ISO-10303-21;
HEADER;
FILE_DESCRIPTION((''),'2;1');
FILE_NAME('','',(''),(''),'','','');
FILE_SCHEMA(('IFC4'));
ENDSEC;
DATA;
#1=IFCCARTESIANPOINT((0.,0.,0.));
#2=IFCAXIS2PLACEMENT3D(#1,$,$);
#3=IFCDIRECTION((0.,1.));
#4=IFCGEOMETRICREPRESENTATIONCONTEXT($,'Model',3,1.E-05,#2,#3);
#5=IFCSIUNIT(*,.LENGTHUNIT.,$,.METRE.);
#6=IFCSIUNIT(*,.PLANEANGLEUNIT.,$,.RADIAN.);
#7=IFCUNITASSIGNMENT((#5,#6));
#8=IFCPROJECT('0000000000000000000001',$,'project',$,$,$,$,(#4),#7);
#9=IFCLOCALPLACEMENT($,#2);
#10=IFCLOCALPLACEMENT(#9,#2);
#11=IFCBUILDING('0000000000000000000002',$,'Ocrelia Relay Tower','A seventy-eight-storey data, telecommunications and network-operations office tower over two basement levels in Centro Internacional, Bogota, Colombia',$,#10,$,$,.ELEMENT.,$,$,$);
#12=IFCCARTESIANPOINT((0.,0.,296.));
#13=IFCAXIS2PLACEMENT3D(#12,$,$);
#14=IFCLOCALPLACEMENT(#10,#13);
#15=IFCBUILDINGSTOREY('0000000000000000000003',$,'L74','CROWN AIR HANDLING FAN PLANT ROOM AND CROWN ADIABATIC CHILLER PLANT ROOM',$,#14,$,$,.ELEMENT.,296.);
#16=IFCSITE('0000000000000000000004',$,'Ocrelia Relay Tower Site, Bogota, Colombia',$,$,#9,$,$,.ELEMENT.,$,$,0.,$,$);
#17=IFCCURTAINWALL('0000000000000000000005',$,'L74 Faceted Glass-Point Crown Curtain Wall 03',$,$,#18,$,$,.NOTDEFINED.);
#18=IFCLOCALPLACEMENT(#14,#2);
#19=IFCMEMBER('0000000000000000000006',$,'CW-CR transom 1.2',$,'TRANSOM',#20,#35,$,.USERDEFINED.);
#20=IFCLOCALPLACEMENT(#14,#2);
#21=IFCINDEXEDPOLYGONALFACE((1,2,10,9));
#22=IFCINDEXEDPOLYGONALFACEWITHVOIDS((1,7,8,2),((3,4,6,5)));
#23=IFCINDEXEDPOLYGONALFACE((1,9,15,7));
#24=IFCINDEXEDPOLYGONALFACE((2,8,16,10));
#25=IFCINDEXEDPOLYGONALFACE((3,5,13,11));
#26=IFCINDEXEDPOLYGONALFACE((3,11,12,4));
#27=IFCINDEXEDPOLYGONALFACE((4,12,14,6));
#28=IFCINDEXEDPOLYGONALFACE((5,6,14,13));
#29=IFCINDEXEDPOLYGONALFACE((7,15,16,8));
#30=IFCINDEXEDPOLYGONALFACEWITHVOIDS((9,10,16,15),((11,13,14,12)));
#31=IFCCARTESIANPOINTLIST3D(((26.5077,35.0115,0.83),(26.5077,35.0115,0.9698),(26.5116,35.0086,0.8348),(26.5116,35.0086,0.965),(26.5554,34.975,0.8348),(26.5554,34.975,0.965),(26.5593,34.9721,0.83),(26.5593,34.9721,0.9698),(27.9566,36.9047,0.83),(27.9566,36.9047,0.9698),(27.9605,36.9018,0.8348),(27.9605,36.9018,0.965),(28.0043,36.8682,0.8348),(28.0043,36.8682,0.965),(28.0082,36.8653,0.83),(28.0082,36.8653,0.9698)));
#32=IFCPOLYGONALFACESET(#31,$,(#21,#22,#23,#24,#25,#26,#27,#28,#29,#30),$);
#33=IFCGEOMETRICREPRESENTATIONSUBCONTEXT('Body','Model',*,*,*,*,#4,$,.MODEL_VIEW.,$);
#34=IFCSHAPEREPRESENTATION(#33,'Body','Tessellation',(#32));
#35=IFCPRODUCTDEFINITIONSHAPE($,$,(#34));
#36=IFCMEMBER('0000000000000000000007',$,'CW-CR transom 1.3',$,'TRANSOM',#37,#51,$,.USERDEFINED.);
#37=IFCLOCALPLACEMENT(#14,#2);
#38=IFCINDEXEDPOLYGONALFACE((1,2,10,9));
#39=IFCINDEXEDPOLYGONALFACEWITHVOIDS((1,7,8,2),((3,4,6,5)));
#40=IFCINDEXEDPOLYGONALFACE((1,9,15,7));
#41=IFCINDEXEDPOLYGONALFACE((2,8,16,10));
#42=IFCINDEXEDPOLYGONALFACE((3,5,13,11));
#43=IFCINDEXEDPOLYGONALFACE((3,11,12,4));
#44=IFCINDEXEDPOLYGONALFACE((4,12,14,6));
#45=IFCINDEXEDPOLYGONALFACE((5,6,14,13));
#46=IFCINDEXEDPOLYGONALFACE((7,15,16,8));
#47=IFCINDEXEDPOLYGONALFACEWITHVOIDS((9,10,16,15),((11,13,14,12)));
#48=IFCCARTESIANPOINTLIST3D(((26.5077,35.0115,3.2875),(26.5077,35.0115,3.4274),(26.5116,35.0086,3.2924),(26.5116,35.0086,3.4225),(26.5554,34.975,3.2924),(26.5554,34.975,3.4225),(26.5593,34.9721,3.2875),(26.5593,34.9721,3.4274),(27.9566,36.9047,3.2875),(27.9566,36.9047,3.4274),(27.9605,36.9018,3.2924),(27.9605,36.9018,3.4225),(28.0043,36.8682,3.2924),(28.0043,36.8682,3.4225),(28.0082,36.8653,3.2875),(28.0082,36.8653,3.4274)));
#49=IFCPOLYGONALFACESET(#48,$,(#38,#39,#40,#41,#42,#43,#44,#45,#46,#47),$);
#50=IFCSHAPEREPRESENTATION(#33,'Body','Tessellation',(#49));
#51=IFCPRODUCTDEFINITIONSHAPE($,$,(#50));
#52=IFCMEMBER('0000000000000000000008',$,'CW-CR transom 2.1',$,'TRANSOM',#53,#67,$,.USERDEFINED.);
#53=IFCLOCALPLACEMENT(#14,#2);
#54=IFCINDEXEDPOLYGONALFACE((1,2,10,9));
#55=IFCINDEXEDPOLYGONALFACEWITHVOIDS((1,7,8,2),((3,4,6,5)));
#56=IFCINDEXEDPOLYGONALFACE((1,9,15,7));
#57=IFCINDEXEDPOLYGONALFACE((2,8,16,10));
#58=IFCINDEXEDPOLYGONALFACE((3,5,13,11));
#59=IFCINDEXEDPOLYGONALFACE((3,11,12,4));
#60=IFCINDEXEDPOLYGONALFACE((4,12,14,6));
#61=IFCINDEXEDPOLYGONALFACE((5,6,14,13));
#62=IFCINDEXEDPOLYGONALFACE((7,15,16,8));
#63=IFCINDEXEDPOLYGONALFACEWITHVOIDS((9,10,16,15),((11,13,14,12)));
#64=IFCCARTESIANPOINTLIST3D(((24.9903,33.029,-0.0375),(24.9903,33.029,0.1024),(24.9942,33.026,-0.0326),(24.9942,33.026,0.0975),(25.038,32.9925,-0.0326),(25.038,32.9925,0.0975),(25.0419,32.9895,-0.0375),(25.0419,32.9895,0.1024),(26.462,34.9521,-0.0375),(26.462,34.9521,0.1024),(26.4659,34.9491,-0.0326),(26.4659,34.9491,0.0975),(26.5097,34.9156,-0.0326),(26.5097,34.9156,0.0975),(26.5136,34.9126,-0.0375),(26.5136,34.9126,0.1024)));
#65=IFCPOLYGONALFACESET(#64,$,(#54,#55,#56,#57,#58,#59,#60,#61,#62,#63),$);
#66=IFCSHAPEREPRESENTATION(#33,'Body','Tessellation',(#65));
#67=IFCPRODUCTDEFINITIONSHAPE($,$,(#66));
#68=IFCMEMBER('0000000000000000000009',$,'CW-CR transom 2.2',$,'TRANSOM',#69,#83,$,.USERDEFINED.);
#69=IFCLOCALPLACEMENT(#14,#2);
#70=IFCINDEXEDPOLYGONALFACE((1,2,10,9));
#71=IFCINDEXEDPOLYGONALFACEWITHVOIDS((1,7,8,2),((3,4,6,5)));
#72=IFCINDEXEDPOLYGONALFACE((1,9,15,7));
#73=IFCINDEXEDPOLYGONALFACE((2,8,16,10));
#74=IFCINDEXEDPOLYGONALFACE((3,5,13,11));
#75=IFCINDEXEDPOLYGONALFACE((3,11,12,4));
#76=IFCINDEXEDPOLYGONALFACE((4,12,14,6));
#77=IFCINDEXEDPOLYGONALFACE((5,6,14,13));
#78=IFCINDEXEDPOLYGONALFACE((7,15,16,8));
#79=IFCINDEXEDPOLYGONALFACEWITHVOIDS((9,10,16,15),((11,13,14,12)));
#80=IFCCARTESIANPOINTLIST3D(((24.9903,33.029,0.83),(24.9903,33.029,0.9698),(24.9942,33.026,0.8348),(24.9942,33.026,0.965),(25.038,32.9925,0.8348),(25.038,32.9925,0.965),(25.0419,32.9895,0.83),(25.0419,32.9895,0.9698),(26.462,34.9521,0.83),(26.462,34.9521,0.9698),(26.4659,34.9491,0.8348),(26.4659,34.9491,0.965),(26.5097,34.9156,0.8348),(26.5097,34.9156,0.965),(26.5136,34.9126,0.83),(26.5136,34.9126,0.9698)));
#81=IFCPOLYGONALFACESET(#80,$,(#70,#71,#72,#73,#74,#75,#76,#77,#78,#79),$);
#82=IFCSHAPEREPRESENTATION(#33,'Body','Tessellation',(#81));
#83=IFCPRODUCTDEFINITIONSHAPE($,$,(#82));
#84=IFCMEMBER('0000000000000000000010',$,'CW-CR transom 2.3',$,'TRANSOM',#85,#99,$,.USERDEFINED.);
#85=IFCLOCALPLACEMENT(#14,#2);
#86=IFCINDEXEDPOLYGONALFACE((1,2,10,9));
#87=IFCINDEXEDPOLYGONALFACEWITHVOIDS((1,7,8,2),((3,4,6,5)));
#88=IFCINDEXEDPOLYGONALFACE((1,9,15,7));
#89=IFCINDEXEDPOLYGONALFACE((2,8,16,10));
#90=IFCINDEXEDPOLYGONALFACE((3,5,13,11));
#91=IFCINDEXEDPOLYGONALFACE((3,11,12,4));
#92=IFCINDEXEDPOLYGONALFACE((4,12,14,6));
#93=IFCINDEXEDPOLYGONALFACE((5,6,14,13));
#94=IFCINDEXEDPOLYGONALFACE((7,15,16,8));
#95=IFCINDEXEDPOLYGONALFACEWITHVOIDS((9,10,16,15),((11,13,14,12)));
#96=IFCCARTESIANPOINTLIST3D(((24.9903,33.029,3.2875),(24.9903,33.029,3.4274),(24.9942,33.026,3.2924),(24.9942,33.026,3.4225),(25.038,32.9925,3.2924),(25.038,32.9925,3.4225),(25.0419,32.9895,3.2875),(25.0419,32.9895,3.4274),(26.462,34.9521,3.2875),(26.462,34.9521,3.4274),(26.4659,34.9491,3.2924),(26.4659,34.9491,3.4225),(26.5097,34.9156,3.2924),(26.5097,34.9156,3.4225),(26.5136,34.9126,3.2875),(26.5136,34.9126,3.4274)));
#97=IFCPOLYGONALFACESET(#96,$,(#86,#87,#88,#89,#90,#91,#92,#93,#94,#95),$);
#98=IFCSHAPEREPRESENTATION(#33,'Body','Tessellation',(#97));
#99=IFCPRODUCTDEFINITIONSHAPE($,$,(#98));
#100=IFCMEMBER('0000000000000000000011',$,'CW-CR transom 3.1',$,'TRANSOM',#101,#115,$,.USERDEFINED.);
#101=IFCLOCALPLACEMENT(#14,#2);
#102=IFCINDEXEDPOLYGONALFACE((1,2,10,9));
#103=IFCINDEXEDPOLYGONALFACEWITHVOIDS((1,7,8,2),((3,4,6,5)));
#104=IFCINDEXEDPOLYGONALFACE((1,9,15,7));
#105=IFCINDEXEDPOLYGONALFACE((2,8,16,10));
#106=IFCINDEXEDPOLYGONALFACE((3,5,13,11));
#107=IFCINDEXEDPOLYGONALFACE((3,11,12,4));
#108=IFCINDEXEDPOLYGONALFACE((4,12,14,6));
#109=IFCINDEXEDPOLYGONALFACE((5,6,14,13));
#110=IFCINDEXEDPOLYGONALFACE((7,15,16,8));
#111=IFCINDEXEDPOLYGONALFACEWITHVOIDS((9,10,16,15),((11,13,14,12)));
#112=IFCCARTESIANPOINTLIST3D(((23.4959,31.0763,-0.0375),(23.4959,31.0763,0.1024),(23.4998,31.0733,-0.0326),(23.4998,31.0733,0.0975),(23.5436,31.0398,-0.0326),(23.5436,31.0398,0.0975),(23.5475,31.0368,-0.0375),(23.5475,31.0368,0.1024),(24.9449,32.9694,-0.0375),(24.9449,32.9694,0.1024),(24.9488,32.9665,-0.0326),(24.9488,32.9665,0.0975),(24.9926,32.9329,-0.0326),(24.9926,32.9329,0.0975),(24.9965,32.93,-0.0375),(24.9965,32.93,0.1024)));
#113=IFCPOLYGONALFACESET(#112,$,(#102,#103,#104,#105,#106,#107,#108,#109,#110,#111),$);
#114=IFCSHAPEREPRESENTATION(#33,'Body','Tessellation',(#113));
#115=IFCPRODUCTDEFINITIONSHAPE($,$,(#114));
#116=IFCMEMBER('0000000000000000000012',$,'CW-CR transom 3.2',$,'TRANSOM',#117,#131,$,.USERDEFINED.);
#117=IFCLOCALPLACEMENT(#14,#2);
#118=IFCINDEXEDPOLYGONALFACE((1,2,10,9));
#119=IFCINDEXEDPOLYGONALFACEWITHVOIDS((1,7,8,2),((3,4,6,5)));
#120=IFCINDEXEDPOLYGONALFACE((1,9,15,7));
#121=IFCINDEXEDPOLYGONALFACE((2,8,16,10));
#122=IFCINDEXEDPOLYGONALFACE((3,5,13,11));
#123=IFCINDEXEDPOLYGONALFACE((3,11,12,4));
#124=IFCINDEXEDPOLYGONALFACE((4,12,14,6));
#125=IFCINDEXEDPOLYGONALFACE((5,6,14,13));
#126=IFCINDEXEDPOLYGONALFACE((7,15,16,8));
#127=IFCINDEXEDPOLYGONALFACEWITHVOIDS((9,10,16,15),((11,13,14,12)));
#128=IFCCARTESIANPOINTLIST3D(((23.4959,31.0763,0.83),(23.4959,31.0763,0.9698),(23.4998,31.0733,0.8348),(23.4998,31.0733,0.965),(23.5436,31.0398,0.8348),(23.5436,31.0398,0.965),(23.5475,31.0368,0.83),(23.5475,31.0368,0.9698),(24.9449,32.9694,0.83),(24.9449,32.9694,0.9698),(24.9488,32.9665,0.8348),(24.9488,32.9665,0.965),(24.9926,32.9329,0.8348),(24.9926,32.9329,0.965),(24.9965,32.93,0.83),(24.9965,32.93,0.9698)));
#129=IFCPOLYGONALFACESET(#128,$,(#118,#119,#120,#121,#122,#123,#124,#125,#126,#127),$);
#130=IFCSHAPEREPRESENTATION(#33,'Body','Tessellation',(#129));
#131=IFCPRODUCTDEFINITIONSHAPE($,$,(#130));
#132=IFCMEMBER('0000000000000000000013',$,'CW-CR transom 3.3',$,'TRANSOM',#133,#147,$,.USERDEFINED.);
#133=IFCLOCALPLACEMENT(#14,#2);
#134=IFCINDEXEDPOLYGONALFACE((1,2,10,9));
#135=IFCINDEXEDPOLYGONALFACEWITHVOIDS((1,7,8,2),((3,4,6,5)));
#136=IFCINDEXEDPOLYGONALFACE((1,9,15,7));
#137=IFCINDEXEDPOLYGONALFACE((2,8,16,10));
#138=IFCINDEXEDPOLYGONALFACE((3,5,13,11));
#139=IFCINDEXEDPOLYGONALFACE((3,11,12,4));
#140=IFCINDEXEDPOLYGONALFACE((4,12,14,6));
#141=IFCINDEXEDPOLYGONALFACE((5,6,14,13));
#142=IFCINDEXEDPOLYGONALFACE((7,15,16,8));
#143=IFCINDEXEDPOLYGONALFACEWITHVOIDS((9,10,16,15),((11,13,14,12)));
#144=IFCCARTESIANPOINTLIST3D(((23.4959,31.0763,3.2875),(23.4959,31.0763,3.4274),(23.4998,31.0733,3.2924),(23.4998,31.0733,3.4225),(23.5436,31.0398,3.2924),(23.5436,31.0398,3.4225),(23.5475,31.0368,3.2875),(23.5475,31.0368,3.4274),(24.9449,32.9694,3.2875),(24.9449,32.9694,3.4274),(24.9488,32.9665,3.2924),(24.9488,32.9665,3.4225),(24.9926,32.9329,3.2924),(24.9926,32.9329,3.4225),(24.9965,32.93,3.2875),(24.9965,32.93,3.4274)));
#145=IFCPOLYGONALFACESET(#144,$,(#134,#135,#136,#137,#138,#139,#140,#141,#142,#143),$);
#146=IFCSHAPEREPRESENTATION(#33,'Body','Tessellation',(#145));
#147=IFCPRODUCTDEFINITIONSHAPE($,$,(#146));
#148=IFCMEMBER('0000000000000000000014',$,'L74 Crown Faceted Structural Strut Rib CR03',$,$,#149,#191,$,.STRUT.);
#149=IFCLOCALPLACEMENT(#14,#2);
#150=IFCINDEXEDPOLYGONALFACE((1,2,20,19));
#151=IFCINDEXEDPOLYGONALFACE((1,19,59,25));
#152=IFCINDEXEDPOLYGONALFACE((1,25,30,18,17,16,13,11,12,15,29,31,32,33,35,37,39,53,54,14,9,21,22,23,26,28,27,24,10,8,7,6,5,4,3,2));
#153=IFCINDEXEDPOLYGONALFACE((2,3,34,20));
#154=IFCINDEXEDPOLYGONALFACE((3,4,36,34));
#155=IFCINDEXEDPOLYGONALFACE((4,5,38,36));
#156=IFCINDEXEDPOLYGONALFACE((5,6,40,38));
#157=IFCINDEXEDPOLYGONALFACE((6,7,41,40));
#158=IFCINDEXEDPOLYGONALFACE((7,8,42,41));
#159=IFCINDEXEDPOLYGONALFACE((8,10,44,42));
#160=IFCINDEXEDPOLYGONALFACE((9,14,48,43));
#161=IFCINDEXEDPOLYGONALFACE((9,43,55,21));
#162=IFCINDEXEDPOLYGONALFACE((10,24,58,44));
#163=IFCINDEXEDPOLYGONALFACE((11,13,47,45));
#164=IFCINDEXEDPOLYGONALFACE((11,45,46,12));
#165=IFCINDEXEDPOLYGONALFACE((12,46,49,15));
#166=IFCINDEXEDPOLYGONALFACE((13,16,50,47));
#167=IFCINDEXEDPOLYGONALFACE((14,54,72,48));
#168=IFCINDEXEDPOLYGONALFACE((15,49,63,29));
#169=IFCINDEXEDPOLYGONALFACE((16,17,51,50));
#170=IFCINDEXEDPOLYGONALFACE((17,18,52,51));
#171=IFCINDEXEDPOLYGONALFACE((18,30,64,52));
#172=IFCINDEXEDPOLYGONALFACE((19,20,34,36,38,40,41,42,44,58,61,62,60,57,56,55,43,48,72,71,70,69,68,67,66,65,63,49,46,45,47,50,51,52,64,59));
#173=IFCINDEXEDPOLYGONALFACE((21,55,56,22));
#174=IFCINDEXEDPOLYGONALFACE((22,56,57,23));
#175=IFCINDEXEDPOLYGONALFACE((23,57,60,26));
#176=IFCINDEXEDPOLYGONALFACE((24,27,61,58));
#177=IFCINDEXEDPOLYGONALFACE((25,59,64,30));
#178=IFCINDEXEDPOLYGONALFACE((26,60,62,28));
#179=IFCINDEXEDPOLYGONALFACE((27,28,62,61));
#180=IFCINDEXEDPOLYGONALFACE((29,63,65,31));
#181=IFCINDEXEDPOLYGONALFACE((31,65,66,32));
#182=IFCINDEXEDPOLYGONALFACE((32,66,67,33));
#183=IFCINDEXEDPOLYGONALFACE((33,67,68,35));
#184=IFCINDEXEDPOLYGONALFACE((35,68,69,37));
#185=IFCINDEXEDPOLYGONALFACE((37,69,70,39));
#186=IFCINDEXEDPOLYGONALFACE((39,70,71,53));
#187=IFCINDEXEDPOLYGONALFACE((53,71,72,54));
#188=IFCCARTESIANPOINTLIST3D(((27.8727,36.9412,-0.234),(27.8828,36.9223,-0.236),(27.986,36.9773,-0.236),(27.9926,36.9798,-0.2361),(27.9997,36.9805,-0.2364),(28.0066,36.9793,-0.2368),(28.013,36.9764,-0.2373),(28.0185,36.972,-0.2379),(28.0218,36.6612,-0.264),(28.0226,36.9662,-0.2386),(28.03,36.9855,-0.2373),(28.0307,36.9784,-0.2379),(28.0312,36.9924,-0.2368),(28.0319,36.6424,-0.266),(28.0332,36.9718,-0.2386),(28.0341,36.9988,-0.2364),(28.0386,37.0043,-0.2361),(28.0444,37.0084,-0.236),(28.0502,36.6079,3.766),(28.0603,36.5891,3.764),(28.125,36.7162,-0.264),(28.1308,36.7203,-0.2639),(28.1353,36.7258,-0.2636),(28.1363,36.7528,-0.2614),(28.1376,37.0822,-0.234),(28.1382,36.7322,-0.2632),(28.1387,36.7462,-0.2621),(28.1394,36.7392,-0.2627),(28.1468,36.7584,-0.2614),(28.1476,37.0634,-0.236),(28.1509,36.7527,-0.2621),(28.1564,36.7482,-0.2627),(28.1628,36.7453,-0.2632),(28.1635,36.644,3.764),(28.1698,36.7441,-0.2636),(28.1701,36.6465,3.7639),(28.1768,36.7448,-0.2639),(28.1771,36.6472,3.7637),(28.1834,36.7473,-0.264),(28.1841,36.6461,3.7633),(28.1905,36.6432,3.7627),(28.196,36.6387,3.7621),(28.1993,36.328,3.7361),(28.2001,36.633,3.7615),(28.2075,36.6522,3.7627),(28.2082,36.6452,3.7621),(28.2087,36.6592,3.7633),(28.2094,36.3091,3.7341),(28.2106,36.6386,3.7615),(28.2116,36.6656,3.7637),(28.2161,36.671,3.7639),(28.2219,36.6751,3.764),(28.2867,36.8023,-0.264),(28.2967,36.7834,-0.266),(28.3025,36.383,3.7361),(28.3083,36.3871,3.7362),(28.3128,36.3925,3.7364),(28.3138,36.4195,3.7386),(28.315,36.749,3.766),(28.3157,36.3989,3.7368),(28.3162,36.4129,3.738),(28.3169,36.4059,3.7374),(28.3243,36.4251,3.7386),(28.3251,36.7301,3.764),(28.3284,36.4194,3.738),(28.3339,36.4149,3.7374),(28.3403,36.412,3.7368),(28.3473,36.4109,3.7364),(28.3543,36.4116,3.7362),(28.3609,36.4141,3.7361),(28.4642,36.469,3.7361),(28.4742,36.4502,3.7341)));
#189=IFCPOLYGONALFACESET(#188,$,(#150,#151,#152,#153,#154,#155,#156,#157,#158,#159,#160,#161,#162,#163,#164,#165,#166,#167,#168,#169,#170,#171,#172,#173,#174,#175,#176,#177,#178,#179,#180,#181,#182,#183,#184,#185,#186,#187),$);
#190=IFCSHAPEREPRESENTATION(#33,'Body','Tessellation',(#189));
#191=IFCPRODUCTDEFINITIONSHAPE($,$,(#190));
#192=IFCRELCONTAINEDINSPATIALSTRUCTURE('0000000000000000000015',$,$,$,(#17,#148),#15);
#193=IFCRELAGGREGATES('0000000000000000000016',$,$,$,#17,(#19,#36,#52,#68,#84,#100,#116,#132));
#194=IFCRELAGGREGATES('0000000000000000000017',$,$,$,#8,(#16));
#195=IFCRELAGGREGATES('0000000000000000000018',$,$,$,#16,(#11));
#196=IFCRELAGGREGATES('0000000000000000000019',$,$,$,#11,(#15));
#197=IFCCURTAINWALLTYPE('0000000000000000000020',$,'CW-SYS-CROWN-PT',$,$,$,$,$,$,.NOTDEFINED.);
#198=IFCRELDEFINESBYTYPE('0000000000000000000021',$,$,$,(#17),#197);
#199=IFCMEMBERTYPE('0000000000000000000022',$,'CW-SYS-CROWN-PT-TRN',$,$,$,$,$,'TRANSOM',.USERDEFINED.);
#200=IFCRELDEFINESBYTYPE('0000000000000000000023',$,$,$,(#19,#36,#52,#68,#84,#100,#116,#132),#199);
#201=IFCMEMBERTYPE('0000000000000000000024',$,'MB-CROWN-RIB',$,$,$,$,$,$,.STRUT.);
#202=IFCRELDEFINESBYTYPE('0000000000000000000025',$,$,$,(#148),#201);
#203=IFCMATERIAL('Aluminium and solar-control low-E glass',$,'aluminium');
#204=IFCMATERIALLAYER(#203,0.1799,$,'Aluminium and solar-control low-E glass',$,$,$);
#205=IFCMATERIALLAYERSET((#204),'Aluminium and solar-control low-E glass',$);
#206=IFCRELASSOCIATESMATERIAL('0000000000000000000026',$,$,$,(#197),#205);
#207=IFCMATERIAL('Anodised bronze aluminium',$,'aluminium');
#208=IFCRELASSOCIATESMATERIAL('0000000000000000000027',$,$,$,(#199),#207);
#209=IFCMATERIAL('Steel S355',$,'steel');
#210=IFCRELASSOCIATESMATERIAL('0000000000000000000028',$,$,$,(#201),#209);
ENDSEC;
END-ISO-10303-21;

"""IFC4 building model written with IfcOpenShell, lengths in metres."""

from ifc_helpers import new_model, si_unit, direction, frame, origin, origin_2d, place, context, subcontext, project, spatial, hollow_rectangle, i_section, extrude, material, layer, layer_set, material_profile, profile_set, type_object, element, aggregate, save


model = new_model("IFC4")

# Units and contexts
model_context = context("Model", 3, precision=1e-05, world=origin(), true_north=direction((0.0, 1.0)))
body_context = subcontext(model_context, "Body", "Model", "MODEL_VIEW")
ifc_project = project(units=[si_unit("LENGTHUNIT", "METRE"), si_unit("PLANEANGLEUNIT", "RADIAN")], contexts=[model_context])

# Site, building, storey
site_placement = place(None, origin())
site = spatial("IfcSite", under=ifc_project, at=site_placement, Name="Ocrelia Relay Tower Site, Bogota, Colombia", CompositionType="ELEMENT", RefElevation=0.0)
building_placement = place(site_placement, origin())
building = spatial("IfcBuilding", under=site, at=building_placement, Name="Ocrelia Relay Tower", Description="A seventy-eight-storey data, telecommunications and network-operations office tower over two basement levels in Centro Internacional, Bogota, Colombia", CompositionType="ELEMENT")
storey_placement = place(building_placement, frame((0.0, 0.0, 296.0)))
storey = spatial("IfcBuildingStorey", under=building, at=storey_placement, Name="L74", Description="CROWN AIR HANDLING FAN PLANT ROOM AND CROWN ADIABATIC CHILLER PLANT ROOM", CompositionType="ELEMENT", Elevation=296.0)

# Shared definitions
ifc_material_1 = material(Name="Steel S355", Category="steel")

# Curtain wall
ifc_material_2 = material(Name="Aluminium and solar-control low-E glass", Category="aluminium")
ifc_layer_1 = layer(ifc_material_2, 0.1799, Name="Aluminium and solar-control low-E glass")
ifc_layer_set_1 = layer_set([ifc_layer_1], Name="Aluminium and solar-control low-E glass")
curtain_wall_type = type_object("IfcCurtainWallType", Name="CW-SYS-CROWN-PT", PredefinedType="NOTDEFINED", material=ifc_layer_set_1)
ifc_material_3 = material(Name="Anodised bronze aluminium", Category="aluminium")
curtain_wall_1_placement = place(storey_placement, origin())
curtain_wall_1 = element("IfcCurtainWall", 1, at=curtain_wall_1_placement, inside=storey, type_object=curtain_wall_type, Name="L74 Faceted Glass-Point Crown Curtain Wall 03", PredefinedType="NOTDEFINED")

# Members
ifc_material_profile_1 = material_profile(ifc_material_3, hollow_rectangle(XDim=0.0649, YDim=0.1399, WallThickness=0.0049, at=origin_2d()), Name="CW-TRN-140x65")
ifc_profile_set_1 = profile_set([ifc_material_profile_1], Name="Anodised bronze aluminium")
member_type_1 = type_object("IfcMemberType", Name="CW-SYS-CROWN-PT-TRN", ElementType="TRANSOM", PredefinedType="USERDEFINED", material=ifc_profile_set_1)
member_1_placement = place(storey_placement, frame((27.9824, 36.885, 0.8999), z_axis=(-0.607754, -0.794125, 0.0), x_axis=(0.794125, -0.607754, 0.0)))
member_1 = element("IfcMember", 2, at=member_1_placement, type_object=member_type_1, Name="CW-CR transom 1.2", ObjectType="TRANSOM", PredefinedType="USERDEFINED", context=body_context, shape_type="SweptSolid", body=[
    extrude(hollow_rectangle(XDim=0.0649, YDim=0.1399, WallThickness=0.0049, at=origin_2d()), origin(), (0.0, 0.0, 1.0), 2.384),
])
member_2_placement = place(storey_placement, frame((27.9824, 36.885, 3.3574), z_axis=(-0.607754, -0.794125, 0.0), x_axis=(0.794125, -0.607754, 0.0)))
member_2 = element("IfcMember", 3, at=member_2_placement, type_object=member_type_1, Name="CW-CR transom 1.3", ObjectType="TRANSOM", PredefinedType="USERDEFINED", context=body_context, shape_type="SweptSolid", body=[
    extrude(hollow_rectangle(XDim=0.0649, YDim=0.1399, WallThickness=0.0049, at=origin_2d()), origin(), (0.0, 0.0, 1.0), 2.384),
])
member_3_placement = place(storey_placement, frame((26.4878, 34.9324, 0.0325), z_axis=(-0.607731, -0.794143, 0.0), x_axis=(0.794143, -0.607731, 0.0)))
member_3 = element("IfcMember", 4, at=member_3_placement, type_object=member_type_1, Name="CW-CR transom 2.1", ObjectType="TRANSOM", PredefinedType="USERDEFINED", context=body_context, shape_type="SweptSolid", body=[
    extrude(hollow_rectangle(XDim=0.0649, YDim=0.1399, WallThickness=0.0049, at=origin_2d()), origin(), (0.0, 0.0, 1.0), 2.4216),
])
member_4_placement = place(storey_placement, frame((26.4878, 34.9324, 0.8999), z_axis=(-0.607731, -0.794143, 0.0), x_axis=(0.794143, -0.607731, 0.0)))
member_4 = element("IfcMember", 5, at=member_4_placement, type_object=member_type_1, Name="CW-CR transom 2.2", ObjectType="TRANSOM", PredefinedType="USERDEFINED", context=body_context, shape_type="SweptSolid", body=[
    extrude(hollow_rectangle(XDim=0.0649, YDim=0.1399, WallThickness=0.0049, at=origin_2d()), origin(), (0.0, 0.0, 1.0), 2.4216),
])
member_5_placement = place(storey_placement, frame((26.4878, 34.9324, 3.3574), z_axis=(-0.607731, -0.794143, 0.0), x_axis=(0.794143, -0.607731, 0.0)))
member_5 = element("IfcMember", 6, at=member_5_placement, type_object=member_type_1, Name="CW-CR transom 2.3", ObjectType="TRANSOM", PredefinedType="USERDEFINED", context=body_context, shape_type="SweptSolid", body=[
    extrude(hollow_rectangle(XDim=0.0649, YDim=0.1399, WallThickness=0.0049, at=origin_2d()), origin(), (0.0, 0.0, 1.0), 2.4216),
])
member_6_placement = place(storey_placement, frame((24.9707, 32.9497, 0.0325), z_axis=(-0.607804, -0.794087, 0.0), x_axis=(0.794087, -0.607804, 0.0)))
member_6 = element("IfcMember", 7, at=member_6_placement, type_object=member_type_1, Name="CW-CR transom 3.1", ObjectType="TRANSOM", PredefinedType="USERDEFINED", context=body_context, shape_type="SweptSolid", body=[
    extrude(hollow_rectangle(XDim=0.0649, YDim=0.1399, WallThickness=0.0049, at=origin_2d()), origin(), (0.0, 0.0, 1.0), 2.384),
])
member_7_placement = place(storey_placement, frame((24.9707, 32.9497, 0.8999), z_axis=(-0.607804, -0.794087, 0.0), x_axis=(0.794087, -0.607804, 0.0)))
member_7 = element("IfcMember", 8, at=member_7_placement, type_object=member_type_1, Name="CW-CR transom 3.2", ObjectType="TRANSOM", PredefinedType="USERDEFINED", context=body_context, shape_type="SweptSolid", body=[
    extrude(hollow_rectangle(XDim=0.0649, YDim=0.1399, WallThickness=0.0049, at=origin_2d()), origin(), (0.0, 0.0, 1.0), 2.384),
])
member_8_placement = place(storey_placement, frame((24.9707, 32.9497, 3.3574), z_axis=(-0.607804, -0.794087, 0.0), x_axis=(0.794087, -0.607804, 0.0)))
member_8 = element("IfcMember", 9, at=member_8_placement, type_object=member_type_1, Name="CW-CR transom 3.3", ObjectType="TRANSOM", PredefinedType="USERDEFINED", context=body_context, shape_type="SweptSolid", body=[
    extrude(hollow_rectangle(XDim=0.0649, YDim=0.1399, WallThickness=0.0049, at=origin_2d()), origin(), (0.0, 0.0, 1.0), 2.384),
])
ifc_material_profile_2 = material_profile(ifc_material_1, i_section(OverallWidth=0.3, OverallDepth=0.3401, WebThickness=0.012, FlangeThickness=0.0215, FilletRadius=0.0271, at=origin_2d()), Name="HEB 340")
ifc_profile_set_2 = profile_set([ifc_material_profile_2], Name="Steel S355")
member_type_2 = type_object("IfcMemberType", Name="MB-CROWN-RIB", PredefinedType="STRUT", material=ifc_profile_set_2)
member_9_placement = place(storey_placement, frame((28.0847, 36.8623, -0.25), z_axis=(0.044176, -0.082944, 0.995575), x_axis=(0.882621, 0.470085, 0.0)))
element("IfcMember", 10, at=member_9_placement, inside=storey, type_object=member_type_2, Name="L74 Crown Faceted Structural Strut Rib CR03", PredefinedType="STRUT", context=body_context, shape_type="SweptSolid", body=[
    extrude(i_section(OverallWidth=0.3, OverallDepth=0.3401, WebThickness=0.012, FlangeThickness=0.0215, FilletRadius=0.0271, at=origin_2d()), origin(), (0.0, 0.0, 1.0), 4.0178),
])

aggregate(curtain_wall_1, [member_1, member_2, member_3, member_4, member_5, member_6, member_7, member_8])

save(model, "model.ifc")
